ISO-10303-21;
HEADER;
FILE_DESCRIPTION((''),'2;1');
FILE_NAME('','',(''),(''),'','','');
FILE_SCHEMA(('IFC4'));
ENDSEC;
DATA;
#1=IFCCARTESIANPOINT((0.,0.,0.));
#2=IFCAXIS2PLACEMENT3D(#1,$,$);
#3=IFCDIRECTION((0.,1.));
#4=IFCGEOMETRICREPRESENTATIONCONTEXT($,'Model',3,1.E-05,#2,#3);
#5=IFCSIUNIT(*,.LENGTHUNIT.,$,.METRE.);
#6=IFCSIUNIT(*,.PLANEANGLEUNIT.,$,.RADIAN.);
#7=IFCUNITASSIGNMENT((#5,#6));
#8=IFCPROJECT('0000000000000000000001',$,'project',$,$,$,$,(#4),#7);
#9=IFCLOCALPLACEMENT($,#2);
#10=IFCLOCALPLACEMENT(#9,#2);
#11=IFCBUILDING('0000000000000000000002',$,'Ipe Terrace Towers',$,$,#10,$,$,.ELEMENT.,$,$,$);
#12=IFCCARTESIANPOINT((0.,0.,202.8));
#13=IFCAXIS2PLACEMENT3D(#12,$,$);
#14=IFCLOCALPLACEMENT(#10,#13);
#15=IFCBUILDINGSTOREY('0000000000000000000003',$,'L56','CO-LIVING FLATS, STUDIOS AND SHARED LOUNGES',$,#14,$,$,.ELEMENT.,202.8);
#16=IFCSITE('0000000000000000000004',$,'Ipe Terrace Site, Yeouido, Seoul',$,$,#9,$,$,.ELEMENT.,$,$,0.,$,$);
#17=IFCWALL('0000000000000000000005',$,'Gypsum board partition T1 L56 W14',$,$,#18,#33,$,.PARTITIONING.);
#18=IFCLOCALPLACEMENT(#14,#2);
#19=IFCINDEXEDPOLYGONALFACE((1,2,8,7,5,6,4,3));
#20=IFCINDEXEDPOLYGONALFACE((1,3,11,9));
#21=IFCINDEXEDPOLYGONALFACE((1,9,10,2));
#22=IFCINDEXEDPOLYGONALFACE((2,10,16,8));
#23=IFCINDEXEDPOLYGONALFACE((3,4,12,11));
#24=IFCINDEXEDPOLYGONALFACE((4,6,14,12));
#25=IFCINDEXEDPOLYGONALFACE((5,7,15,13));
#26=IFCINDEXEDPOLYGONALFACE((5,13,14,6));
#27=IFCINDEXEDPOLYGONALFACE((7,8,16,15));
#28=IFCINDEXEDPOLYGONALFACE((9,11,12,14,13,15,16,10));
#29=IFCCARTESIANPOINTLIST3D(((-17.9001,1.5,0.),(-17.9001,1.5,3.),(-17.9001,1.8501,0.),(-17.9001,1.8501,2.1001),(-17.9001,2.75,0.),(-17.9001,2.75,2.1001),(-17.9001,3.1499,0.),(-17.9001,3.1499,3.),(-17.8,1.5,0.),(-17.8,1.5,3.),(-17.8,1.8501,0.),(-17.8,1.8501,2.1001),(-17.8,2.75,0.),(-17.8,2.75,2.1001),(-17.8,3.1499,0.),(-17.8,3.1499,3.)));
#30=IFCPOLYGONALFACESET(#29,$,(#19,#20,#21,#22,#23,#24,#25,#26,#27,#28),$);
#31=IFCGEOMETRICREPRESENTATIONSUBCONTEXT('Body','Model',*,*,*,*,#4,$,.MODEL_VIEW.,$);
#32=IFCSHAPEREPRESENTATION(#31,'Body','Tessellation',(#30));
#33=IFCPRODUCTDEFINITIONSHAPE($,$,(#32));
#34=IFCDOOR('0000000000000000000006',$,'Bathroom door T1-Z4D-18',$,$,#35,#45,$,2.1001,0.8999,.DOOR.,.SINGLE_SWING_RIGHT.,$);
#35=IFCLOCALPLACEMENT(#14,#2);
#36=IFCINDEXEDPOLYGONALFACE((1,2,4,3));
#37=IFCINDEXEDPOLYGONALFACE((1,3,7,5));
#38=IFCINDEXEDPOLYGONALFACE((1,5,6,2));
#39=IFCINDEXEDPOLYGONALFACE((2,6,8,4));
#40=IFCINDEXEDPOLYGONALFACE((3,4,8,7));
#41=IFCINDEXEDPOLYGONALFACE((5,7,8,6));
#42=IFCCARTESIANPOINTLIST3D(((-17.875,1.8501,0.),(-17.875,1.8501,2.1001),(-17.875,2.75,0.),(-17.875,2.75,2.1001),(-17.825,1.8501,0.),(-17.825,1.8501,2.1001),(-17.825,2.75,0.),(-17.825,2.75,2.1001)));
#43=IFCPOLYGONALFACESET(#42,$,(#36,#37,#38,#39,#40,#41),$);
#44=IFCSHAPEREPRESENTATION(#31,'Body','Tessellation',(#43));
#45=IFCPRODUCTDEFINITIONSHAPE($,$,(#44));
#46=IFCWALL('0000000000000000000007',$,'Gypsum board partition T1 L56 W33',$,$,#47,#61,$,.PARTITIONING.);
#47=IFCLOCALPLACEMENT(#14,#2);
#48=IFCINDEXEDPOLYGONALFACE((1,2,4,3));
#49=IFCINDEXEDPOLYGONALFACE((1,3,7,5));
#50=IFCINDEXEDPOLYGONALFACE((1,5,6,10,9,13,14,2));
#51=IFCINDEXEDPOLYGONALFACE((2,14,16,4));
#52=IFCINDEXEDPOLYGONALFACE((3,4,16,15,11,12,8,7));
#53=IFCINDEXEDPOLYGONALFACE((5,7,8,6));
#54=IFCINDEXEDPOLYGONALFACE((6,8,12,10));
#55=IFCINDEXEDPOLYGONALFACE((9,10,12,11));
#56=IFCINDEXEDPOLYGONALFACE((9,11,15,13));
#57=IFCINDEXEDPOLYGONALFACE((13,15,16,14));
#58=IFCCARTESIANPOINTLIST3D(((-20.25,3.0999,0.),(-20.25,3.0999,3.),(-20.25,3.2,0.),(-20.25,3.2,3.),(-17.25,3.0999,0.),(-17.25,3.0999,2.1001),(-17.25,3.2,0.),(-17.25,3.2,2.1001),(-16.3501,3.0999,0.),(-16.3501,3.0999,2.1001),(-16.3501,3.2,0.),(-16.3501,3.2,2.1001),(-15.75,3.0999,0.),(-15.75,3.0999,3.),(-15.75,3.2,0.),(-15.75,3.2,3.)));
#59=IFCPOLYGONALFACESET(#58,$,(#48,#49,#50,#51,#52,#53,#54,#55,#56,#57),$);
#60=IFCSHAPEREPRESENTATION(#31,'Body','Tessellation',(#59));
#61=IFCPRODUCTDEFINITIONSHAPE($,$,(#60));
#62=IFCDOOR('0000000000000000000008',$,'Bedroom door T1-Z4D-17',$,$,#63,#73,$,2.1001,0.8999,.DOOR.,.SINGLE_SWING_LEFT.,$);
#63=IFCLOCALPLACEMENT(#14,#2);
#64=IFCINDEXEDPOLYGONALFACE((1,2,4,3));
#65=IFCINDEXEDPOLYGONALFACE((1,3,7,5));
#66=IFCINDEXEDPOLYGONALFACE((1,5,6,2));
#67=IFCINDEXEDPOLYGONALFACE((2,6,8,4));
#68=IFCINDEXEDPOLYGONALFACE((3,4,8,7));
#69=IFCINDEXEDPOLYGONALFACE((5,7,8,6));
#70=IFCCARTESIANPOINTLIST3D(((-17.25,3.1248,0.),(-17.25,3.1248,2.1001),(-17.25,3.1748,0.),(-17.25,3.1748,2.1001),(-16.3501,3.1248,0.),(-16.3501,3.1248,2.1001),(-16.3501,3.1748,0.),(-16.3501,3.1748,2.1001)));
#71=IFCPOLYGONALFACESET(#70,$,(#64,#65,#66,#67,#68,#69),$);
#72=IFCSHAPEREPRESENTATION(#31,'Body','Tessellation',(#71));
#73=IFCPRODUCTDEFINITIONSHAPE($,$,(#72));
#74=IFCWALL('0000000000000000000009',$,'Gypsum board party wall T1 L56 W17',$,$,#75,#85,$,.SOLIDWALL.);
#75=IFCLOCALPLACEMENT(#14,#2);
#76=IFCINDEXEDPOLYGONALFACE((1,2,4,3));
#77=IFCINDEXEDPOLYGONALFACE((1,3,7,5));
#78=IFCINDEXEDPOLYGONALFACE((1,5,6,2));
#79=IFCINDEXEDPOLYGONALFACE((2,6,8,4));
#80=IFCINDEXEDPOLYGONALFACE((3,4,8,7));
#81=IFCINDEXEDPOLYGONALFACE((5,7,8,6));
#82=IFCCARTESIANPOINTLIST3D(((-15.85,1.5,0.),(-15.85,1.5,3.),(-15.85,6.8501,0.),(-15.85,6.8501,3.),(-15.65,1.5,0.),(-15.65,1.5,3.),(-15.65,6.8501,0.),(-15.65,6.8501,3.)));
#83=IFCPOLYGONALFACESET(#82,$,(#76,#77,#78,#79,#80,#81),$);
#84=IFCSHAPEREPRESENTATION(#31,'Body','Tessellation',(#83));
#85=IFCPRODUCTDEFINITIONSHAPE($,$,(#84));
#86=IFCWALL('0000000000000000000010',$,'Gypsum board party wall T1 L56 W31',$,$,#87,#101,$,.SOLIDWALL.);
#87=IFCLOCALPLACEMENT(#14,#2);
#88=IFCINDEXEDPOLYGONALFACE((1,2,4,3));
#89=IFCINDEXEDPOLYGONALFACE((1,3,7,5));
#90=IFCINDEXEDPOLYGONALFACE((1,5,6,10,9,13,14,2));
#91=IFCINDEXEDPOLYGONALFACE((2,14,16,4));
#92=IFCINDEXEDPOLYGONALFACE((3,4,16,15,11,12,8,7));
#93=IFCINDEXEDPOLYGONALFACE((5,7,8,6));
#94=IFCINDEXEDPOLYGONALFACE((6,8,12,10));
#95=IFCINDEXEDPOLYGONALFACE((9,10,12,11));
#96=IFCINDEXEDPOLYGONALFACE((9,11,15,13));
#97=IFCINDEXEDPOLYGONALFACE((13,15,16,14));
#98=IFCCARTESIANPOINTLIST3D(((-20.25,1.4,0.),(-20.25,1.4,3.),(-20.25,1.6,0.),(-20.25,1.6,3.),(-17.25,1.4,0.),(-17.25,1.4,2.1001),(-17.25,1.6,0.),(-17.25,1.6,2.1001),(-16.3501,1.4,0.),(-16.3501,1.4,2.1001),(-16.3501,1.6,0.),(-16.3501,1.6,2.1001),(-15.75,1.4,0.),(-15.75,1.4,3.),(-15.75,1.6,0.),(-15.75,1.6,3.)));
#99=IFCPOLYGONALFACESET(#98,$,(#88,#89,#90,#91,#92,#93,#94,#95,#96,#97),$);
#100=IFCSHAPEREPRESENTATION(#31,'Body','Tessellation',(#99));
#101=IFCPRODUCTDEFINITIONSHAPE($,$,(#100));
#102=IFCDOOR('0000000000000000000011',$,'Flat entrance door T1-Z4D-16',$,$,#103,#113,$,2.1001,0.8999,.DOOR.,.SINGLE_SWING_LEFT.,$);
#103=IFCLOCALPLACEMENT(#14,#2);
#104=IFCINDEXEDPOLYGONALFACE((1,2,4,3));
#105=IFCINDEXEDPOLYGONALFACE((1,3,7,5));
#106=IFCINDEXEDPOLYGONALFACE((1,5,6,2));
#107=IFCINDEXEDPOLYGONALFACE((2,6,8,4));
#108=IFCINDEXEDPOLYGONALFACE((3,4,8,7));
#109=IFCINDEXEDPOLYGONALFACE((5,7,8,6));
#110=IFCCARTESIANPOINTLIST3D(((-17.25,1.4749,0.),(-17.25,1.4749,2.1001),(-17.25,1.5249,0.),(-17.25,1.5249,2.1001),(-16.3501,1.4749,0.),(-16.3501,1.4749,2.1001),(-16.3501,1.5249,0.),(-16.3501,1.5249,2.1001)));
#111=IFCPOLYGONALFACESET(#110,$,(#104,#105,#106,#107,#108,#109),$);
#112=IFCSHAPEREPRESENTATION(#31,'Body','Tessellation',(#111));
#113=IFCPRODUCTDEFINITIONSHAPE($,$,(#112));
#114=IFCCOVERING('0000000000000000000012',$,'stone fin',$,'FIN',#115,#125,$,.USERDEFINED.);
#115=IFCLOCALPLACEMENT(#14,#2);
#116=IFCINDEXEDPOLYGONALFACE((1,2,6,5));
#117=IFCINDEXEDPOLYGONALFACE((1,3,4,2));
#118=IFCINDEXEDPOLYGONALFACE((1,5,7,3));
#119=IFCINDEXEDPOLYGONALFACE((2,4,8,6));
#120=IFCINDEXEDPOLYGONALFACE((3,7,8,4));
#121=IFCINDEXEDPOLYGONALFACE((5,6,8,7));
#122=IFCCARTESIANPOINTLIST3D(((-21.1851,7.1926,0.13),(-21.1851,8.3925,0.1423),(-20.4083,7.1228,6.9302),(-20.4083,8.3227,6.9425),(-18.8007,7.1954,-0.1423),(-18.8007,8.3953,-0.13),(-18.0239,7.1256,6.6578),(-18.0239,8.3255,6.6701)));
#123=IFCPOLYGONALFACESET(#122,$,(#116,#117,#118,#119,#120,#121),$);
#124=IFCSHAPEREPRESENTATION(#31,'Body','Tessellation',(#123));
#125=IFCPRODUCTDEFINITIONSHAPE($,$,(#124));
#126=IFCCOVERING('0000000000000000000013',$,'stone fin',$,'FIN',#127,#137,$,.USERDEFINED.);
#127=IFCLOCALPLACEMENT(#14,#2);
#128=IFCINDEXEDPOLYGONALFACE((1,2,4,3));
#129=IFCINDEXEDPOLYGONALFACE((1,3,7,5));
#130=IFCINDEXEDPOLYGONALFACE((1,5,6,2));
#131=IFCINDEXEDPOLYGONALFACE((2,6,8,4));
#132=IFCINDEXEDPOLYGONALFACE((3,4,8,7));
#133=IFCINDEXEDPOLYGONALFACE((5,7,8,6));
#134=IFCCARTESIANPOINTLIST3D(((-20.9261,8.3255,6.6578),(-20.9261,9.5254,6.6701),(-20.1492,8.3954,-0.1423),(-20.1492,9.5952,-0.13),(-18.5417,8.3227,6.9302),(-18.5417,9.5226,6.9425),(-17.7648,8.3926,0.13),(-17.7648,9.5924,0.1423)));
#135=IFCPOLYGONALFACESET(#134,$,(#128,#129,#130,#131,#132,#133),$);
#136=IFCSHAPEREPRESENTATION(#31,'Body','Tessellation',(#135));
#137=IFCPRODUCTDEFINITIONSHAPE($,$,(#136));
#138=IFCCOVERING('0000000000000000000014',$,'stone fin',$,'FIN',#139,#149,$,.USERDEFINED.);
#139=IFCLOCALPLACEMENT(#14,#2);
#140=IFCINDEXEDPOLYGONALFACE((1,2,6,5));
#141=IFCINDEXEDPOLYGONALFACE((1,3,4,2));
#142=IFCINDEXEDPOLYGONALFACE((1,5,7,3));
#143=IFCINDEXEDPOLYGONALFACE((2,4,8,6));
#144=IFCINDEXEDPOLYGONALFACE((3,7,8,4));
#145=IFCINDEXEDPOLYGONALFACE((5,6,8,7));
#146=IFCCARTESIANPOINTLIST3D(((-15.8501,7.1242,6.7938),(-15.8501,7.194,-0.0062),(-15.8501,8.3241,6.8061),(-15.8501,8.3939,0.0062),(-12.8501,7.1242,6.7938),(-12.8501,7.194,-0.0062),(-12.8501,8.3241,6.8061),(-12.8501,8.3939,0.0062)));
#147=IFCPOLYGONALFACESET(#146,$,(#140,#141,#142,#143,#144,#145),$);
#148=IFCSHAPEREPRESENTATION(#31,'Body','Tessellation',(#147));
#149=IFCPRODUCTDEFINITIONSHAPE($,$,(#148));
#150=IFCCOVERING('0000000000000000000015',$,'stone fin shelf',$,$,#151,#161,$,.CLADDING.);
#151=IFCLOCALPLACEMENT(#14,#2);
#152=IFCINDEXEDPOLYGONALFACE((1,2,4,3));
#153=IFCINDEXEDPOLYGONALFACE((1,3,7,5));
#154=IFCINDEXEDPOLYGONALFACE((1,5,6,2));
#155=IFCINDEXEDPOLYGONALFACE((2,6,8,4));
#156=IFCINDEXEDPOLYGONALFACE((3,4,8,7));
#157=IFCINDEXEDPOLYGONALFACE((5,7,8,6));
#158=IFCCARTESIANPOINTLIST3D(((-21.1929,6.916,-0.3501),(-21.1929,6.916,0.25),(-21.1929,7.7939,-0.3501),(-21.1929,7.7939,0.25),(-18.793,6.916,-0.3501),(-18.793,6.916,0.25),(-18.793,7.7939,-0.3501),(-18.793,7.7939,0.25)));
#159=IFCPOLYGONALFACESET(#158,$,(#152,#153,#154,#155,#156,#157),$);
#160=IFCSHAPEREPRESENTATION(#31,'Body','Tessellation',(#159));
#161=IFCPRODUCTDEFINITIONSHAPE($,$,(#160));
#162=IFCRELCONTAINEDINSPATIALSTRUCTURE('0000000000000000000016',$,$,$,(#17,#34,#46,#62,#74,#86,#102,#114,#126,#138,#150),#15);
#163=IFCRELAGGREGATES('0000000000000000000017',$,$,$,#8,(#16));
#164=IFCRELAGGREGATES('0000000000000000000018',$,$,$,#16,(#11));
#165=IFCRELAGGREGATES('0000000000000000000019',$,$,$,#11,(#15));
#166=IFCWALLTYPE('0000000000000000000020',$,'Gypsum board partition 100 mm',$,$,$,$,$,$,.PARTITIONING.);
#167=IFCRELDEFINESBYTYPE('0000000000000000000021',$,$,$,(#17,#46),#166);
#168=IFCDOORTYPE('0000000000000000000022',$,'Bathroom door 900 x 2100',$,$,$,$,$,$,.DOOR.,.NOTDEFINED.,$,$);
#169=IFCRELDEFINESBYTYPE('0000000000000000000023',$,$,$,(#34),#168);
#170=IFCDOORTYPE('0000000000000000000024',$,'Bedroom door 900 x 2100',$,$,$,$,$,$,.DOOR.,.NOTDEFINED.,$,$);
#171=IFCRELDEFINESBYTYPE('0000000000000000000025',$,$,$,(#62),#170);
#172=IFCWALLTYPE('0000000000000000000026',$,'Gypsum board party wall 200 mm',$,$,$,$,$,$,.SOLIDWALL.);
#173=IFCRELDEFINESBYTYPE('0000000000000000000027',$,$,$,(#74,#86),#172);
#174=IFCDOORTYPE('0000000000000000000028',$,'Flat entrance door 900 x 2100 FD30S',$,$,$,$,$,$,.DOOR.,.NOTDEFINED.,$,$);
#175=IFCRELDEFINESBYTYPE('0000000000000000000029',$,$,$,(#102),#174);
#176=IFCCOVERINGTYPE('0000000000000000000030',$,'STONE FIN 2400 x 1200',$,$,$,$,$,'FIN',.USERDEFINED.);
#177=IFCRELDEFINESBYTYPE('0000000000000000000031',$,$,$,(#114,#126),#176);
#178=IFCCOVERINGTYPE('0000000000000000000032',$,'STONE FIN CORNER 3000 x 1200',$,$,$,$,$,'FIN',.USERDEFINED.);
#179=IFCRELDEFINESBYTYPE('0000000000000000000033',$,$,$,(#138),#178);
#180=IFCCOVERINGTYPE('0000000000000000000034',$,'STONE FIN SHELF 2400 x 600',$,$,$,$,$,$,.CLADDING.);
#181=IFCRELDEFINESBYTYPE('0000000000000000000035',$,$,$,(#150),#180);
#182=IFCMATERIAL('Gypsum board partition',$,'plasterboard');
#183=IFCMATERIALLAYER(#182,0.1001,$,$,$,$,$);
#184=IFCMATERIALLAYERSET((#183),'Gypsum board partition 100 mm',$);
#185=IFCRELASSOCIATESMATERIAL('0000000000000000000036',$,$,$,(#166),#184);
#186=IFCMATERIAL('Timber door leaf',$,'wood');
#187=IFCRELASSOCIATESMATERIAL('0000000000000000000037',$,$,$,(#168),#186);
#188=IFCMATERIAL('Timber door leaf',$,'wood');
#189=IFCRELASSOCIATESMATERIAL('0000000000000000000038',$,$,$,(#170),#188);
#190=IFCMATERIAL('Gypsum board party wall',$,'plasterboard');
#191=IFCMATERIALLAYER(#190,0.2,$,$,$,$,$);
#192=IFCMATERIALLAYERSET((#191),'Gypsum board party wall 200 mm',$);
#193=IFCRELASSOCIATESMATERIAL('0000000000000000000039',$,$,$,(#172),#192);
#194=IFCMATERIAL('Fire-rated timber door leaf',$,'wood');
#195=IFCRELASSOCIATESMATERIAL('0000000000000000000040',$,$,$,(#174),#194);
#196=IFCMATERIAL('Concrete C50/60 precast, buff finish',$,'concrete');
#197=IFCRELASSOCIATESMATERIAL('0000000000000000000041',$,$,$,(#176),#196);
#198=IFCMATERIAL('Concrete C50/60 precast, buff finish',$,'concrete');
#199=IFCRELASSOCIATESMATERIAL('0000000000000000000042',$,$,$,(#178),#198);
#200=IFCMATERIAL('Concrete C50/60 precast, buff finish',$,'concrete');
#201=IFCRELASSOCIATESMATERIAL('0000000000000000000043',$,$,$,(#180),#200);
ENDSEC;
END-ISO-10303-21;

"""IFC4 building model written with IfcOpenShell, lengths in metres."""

from ifc_helpers import new_model, si_unit, direction, frame, frame_2d, origin, origin_2d, place, context, subcontext, project, spatial, rectangle, extrude, material, layer, layer_set, material_profile, profile_set, type_object, element, fill, save


model = new_model("IFC4")

# Units and contexts
model_context = context("Model", 3, precision=1e-05, world=origin(), true_north=direction((0.0, 1.0)))
body_context = subcontext(model_context, "Body", "Model", "MODEL_VIEW")
ifc_project = project(units=[si_unit("LENGTHUNIT", "METRE"), si_unit("PLANEANGLEUNIT", "RADIAN")], contexts=[model_context])

# Site, building, storey
site_placement = place(None, origin())
site = spatial("IfcSite", under=ifc_project, at=site_placement, Name="Ipe Terrace Site, Yeouido, Seoul", CompositionType="ELEMENT", RefElevation=0.0)
building_placement = place(site_placement, origin())
building = spatial("IfcBuilding", under=site, at=building_placement, Name="Ipe Terrace Towers", CompositionType="ELEMENT")
storey_placement = place(building_placement, frame((0.0, 0.0, 202.8)))
storey = spatial("IfcBuildingStorey", under=building, at=storey_placement, Name="L56", Description="CO-LIVING FLATS, STUDIOS AND SHARED LOUNGES", CompositionType="ELEMENT", Elevation=202.8)

# Walls, openings, doors
ifc_material_1 = material(Name="Gypsum board partition", Category="plasterboard")
ifc_layer_1 = layer(ifc_material_1, 0.1001)
ifc_layer_set_1 = layer_set([ifc_layer_1], Name="Gypsum board partition 100 mm")
wall_type_1 = type_object("IfcWallType", Name="Gypsum board partition 100 mm", PredefinedType="PARTITIONING", material=ifc_layer_set_1)
wall_1_placement = place(storey_placement, frame((-17.8501, 1.5, 0.0), z_axis=(0.0, 0.0, 1.0), x_axis=(0.0, 1.0, 0.0)))
wall_1 = element("IfcWall", 1, at=wall_1_placement, inside=storey, type_object=wall_type_1, Name="Gypsum board partition T1 L56 W14", PredefinedType="PARTITIONING", context=body_context, shape_type="SweptSolid", body=[
    extrude(rectangle(XDim=1.6499, YDim=0.1001, at=frame_2d((0.825, 0.0))), origin(), (0.0, 0.0, 1.0), 3.0),
])
opening_1_placement = place(wall_1_placement, frame((0.3501, 0.0, 0.0)))
opening_1 = element("IfcOpeningElement", 2, at=opening_1_placement, cuts=wall_1, PredefinedType="OPENING", context=body_context, shape_type="SweptSolid", body=[
    extrude(rectangle(XDim=0.8999, YDim=2.1001, at=frame_2d((0.45, 1.05))), frame((0.0, 0.0601, 0.0), z_axis=(0.0, -1.0, 0.0), x_axis=(1.0, 0.0, 0.0)), (0.0, 0.0, 1.0), 0.1201),
])
ifc_material_2 = material(Name="Timber door leaf", Category="wood")
door_type_1 = type_object("IfcDoorType", Name="Bathroom door 900 x 2100", OperationType="NOTDEFINED", PredefinedType="DOOR", material=ifc_material_2)
door_1_placement = place(opening_1_placement, origin())
door_1 = element("IfcDoor", 3, at=door_1_placement, inside=storey, type_object=door_type_1, Name="Bathroom door T1-Z4D-18", OperationType="SINGLE_SWING_RIGHT", OverallHeight=2.1001, OverallWidth=0.8999, PredefinedType="DOOR", context=body_context, shape_type="SweptSolid", body=[
    extrude(rectangle(XDim=0.8999, YDim=2.1001, at=frame_2d((0.45, 1.05))), frame((0.0, 0.0249, 0.0), z_axis=(0.0, -1.0, 0.0), x_axis=(1.0, 0.0, 0.0)), (0.0, 0.0, 1.0), 0.05),
])
fill(opening_1, door_1)
wall_2_placement = place(storey_placement, frame((-20.25, 3.1499, 0.0), z_axis=(0.0, 0.0, 1.0), x_axis=(1.0, 0.0, 0.0)))
wall_2 = element("IfcWall", 4, at=wall_2_placement, inside=storey, type_object=wall_type_1, Name="Gypsum board partition T1 L56 W33", PredefinedType="PARTITIONING", context=body_context, shape_type="SweptSolid", body=[
    extrude(rectangle(XDim=4.5, YDim=0.1001, at=frame_2d((2.25, 0.0))), origin(), (0.0, 0.0, 1.0), 3.0),
])
opening_2_placement = place(wall_2_placement, frame((3.0, 0.0, 0.0)))
opening_2 = element("IfcOpeningElement", 5, at=opening_2_placement, cuts=wall_2, PredefinedType="OPENING", context=body_context, shape_type="SweptSolid", body=[
    extrude(rectangle(XDim=0.8999, YDim=2.1001, at=frame_2d((0.45, 1.05))), frame((0.0, 0.0601, 0.0), z_axis=(0.0, -1.0, 0.0), x_axis=(1.0, 0.0, 0.0)), (0.0, 0.0, 1.0), 0.1201),
])
ifc_material_3 = material(Name="Timber door leaf", Category="wood")
door_type_2 = type_object("IfcDoorType", Name="Bedroom door 900 x 2100", OperationType="NOTDEFINED", PredefinedType="DOOR", material=ifc_material_3)
door_2_placement = place(opening_2_placement, origin())
door_2 = element("IfcDoor", 6, at=door_2_placement, inside=storey, type_object=door_type_2, Name="Bedroom door T1-Z4D-17", OperationType="SINGLE_SWING_LEFT", OverallHeight=2.1001, OverallWidth=0.8999, PredefinedType="DOOR", context=body_context, shape_type="SweptSolid", body=[
    extrude(rectangle(XDim=0.8999, YDim=2.1001, at=frame_2d((0.45, 1.05))), frame((0.0, 0.0249, 0.0), z_axis=(0.0, -1.0, 0.0), x_axis=(1.0, 0.0, 0.0)), (0.0, 0.0, 1.0), 0.05),
])
fill(opening_2, door_2)

# Wall
ifc_material_4 = material(Name="Gypsum board party wall", Category="plasterboard")
ifc_layer_2 = layer(ifc_material_4, 0.2)
ifc_layer_set_2 = layer_set([ifc_layer_2], Name="Gypsum board party wall 200 mm")
wall_type_2 = type_object("IfcWallType", Name="Gypsum board party wall 200 mm", PredefinedType="SOLIDWALL", material=ifc_layer_set_2)
wall_3_placement = place(storey_placement, frame((-15.75, 1.5, 0.0), z_axis=(0.0, 0.0, 1.0), x_axis=(0.0, 1.0, 0.0)))
element("IfcWall", 7, at=wall_3_placement, inside=storey, type_object=wall_type_2, Name="Gypsum board party wall T1 L56 W17", PredefinedType="SOLIDWALL", context=body_context, shape_type="SweptSolid", body=[
    extrude(rectangle(XDim=5.3501, YDim=0.2, at=frame_2d((2.675, 0.0))), origin(), (0.0, 0.0, 1.0), 3.0),
])

# Wall, opening, door
wall_4_placement = place(storey_placement, frame((-20.25, 1.5, 0.0), z_axis=(0.0, 0.0, 1.0), x_axis=(1.0, 0.0, 0.0)))
wall_4 = element("IfcWall", 8, at=wall_4_placement, inside=storey, type_object=wall_type_2, Name="Gypsum board party wall T1 L56 W31", PredefinedType="SOLIDWALL", context=body_context, shape_type="SweptSolid", body=[
    extrude(rectangle(XDim=4.5, YDim=0.2, at=frame_2d((2.25, 0.0))), origin(), (0.0, 0.0, 1.0), 3.0),
])
opening_3_placement = place(wall_4_placement, frame((3.0, 0.0, 0.0)))
opening_3 = element("IfcOpeningElement", 9, at=opening_3_placement, cuts=wall_4, PredefinedType="OPENING", context=body_context, shape_type="SweptSolid", body=[
    extrude(rectangle(XDim=0.8999, YDim=2.1001, at=frame_2d((0.45, 1.05))), frame((0.0, 0.1099, 0.0), z_axis=(0.0, -1.0, 0.0), x_axis=(1.0, 0.0, 0.0)), (0.0, 0.0, 1.0), 0.22),
])
ifc_material_5 = material(Name="Fire-rated timber door leaf", Category="wood")
door_type_3 = type_object("IfcDoorType", Name="Flat entrance door 900 x 2100 FD30S", OperationType="NOTDEFINED", PredefinedType="DOOR", material=ifc_material_5)
door_3_placement = place(opening_3_placement, origin())
door_3 = element("IfcDoor", 10, at=door_3_placement, inside=storey, type_object=door_type_3, Name="Flat entrance door T1-Z4D-16", OperationType="SINGLE_SWING_LEFT", OverallHeight=2.1001, OverallWidth=0.8999, PredefinedType="DOOR", context=body_context, shape_type="SweptSolid", body=[
    extrude(rectangle(XDim=0.8999, YDim=2.1001, at=frame_2d((0.45, 1.05))), frame((0.0, 0.0249, 0.0), z_axis=(0.0, -1.0, 0.0), x_axis=(1.0, 0.0, 0.0)), (0.0, 0.0, 1.0), 0.05),
])
fill(opening_3, door_3)

# Coverings
ifc_material_6 = material(Name="Concrete C50/60 precast, buff finish", Category="concrete")
ifc_material_profile_1 = material_profile(ifc_material_6, rectangle(XDim=2.3999, YDim=1.2, at=origin_2d()), Name="STONE FIN 2400 x 1200")
ifc_profile_set_1 = profile_set([ifc_material_profile_1], Name="Concrete C50/60 precast, buff finish")
covering_type_1 = type_object("IfcCoveringType", Name="STONE FIN 2400 x 1200", ElementType="FIN", PredefinedType="USERDEFINED", material=ifc_profile_set_1)
for number, where, z_axis, x_axis, name in (
    (11, (-19.9929, 7.7939, 0.0), (0.113498, -0.010201, 0.993486), (-0.993538, -0.001165, 0.113492), "stone fin"),
    (12, (-18.957, 8.9939, 0.0), (-0.113498, -0.010201, 0.993486), (-0.993538, 0.001165, -0.113492), "stone fin"),
):
    element("IfcCovering", number, at=place(storey_placement, frame(where, z_axis=z_axis, x_axis=x_axis)), inside=storey, type_object=covering_type_1, Name=name, ObjectType="FIN", PredefinedType="USERDEFINED", context=body_context, shape_type="SweptSolid", body=[
        extrude(rectangle(XDim=2.3999, YDim=1.2, at=origin_2d()), origin(), (0.0, 0.0, 1.0), 6.8447),
    ])
ifc_material_7 = material(Name="Concrete C50/60 precast, buff finish", Category="concrete")
ifc_material_profile_2 = material_profile(ifc_material_7, rectangle(XDim=3.0, YDim=1.2, at=origin_2d()), Name="STONE FIN CORNER 3000 x 1200")
ifc_profile_set_2 = profile_set([ifc_material_profile_2], Name="Concrete C50/60 precast, buff finish")
covering_type_2 = type_object("IfcCoveringType", Name="STONE FIN CORNER 3000 x 1200", ElementType="FIN", PredefinedType="USERDEFINED", material=ifc_profile_set_2)
covering_1_placement = place(storey_placement, frame((-14.3501, 7.7939, 0.0), z_axis=(0.0, -0.010268, 0.999947), x_axis=(-1.0, 0.0, 0.0)))
element("IfcCovering", 13, at=covering_1_placement, inside=storey, type_object=covering_type_2, Name="stone fin", ObjectType="FIN", PredefinedType="USERDEFINED", context=body_context, shape_type="SweptSolid", body=[
    extrude(rectangle(XDim=3.0, YDim=1.2, at=origin_2d()), origin(), (0.0, 0.0, 1.0), 6.8003),
])
ifc_material_8 = material(Name="Concrete C50/60 precast, buff finish", Category="concrete")
covering_type_3 = type_object("IfcCoveringType", Name="STONE FIN SHELF 2400 x 600", PredefinedType="CLADDING", material=ifc_material_8)
covering_2_placement = place(storey_placement, frame((-19.9929, 7.355, -0.3501), z_axis=(0.0, 0.0, 1.0), x_axis=(-1.0, 0.0, 0.0)))
element("IfcCovering", 14, at=covering_2_placement, inside=storey, type_object=covering_type_3, Name="stone fin shelf", PredefinedType="CLADDING", context=body_context, shape_type="SweptSolid", body=[
    extrude(rectangle(XDim=2.3999, YDim=0.8779, at=origin_2d()), origin(), (0.0, 0.0, 1.0), 0.6001),
])

save(model, "model.ifc")
